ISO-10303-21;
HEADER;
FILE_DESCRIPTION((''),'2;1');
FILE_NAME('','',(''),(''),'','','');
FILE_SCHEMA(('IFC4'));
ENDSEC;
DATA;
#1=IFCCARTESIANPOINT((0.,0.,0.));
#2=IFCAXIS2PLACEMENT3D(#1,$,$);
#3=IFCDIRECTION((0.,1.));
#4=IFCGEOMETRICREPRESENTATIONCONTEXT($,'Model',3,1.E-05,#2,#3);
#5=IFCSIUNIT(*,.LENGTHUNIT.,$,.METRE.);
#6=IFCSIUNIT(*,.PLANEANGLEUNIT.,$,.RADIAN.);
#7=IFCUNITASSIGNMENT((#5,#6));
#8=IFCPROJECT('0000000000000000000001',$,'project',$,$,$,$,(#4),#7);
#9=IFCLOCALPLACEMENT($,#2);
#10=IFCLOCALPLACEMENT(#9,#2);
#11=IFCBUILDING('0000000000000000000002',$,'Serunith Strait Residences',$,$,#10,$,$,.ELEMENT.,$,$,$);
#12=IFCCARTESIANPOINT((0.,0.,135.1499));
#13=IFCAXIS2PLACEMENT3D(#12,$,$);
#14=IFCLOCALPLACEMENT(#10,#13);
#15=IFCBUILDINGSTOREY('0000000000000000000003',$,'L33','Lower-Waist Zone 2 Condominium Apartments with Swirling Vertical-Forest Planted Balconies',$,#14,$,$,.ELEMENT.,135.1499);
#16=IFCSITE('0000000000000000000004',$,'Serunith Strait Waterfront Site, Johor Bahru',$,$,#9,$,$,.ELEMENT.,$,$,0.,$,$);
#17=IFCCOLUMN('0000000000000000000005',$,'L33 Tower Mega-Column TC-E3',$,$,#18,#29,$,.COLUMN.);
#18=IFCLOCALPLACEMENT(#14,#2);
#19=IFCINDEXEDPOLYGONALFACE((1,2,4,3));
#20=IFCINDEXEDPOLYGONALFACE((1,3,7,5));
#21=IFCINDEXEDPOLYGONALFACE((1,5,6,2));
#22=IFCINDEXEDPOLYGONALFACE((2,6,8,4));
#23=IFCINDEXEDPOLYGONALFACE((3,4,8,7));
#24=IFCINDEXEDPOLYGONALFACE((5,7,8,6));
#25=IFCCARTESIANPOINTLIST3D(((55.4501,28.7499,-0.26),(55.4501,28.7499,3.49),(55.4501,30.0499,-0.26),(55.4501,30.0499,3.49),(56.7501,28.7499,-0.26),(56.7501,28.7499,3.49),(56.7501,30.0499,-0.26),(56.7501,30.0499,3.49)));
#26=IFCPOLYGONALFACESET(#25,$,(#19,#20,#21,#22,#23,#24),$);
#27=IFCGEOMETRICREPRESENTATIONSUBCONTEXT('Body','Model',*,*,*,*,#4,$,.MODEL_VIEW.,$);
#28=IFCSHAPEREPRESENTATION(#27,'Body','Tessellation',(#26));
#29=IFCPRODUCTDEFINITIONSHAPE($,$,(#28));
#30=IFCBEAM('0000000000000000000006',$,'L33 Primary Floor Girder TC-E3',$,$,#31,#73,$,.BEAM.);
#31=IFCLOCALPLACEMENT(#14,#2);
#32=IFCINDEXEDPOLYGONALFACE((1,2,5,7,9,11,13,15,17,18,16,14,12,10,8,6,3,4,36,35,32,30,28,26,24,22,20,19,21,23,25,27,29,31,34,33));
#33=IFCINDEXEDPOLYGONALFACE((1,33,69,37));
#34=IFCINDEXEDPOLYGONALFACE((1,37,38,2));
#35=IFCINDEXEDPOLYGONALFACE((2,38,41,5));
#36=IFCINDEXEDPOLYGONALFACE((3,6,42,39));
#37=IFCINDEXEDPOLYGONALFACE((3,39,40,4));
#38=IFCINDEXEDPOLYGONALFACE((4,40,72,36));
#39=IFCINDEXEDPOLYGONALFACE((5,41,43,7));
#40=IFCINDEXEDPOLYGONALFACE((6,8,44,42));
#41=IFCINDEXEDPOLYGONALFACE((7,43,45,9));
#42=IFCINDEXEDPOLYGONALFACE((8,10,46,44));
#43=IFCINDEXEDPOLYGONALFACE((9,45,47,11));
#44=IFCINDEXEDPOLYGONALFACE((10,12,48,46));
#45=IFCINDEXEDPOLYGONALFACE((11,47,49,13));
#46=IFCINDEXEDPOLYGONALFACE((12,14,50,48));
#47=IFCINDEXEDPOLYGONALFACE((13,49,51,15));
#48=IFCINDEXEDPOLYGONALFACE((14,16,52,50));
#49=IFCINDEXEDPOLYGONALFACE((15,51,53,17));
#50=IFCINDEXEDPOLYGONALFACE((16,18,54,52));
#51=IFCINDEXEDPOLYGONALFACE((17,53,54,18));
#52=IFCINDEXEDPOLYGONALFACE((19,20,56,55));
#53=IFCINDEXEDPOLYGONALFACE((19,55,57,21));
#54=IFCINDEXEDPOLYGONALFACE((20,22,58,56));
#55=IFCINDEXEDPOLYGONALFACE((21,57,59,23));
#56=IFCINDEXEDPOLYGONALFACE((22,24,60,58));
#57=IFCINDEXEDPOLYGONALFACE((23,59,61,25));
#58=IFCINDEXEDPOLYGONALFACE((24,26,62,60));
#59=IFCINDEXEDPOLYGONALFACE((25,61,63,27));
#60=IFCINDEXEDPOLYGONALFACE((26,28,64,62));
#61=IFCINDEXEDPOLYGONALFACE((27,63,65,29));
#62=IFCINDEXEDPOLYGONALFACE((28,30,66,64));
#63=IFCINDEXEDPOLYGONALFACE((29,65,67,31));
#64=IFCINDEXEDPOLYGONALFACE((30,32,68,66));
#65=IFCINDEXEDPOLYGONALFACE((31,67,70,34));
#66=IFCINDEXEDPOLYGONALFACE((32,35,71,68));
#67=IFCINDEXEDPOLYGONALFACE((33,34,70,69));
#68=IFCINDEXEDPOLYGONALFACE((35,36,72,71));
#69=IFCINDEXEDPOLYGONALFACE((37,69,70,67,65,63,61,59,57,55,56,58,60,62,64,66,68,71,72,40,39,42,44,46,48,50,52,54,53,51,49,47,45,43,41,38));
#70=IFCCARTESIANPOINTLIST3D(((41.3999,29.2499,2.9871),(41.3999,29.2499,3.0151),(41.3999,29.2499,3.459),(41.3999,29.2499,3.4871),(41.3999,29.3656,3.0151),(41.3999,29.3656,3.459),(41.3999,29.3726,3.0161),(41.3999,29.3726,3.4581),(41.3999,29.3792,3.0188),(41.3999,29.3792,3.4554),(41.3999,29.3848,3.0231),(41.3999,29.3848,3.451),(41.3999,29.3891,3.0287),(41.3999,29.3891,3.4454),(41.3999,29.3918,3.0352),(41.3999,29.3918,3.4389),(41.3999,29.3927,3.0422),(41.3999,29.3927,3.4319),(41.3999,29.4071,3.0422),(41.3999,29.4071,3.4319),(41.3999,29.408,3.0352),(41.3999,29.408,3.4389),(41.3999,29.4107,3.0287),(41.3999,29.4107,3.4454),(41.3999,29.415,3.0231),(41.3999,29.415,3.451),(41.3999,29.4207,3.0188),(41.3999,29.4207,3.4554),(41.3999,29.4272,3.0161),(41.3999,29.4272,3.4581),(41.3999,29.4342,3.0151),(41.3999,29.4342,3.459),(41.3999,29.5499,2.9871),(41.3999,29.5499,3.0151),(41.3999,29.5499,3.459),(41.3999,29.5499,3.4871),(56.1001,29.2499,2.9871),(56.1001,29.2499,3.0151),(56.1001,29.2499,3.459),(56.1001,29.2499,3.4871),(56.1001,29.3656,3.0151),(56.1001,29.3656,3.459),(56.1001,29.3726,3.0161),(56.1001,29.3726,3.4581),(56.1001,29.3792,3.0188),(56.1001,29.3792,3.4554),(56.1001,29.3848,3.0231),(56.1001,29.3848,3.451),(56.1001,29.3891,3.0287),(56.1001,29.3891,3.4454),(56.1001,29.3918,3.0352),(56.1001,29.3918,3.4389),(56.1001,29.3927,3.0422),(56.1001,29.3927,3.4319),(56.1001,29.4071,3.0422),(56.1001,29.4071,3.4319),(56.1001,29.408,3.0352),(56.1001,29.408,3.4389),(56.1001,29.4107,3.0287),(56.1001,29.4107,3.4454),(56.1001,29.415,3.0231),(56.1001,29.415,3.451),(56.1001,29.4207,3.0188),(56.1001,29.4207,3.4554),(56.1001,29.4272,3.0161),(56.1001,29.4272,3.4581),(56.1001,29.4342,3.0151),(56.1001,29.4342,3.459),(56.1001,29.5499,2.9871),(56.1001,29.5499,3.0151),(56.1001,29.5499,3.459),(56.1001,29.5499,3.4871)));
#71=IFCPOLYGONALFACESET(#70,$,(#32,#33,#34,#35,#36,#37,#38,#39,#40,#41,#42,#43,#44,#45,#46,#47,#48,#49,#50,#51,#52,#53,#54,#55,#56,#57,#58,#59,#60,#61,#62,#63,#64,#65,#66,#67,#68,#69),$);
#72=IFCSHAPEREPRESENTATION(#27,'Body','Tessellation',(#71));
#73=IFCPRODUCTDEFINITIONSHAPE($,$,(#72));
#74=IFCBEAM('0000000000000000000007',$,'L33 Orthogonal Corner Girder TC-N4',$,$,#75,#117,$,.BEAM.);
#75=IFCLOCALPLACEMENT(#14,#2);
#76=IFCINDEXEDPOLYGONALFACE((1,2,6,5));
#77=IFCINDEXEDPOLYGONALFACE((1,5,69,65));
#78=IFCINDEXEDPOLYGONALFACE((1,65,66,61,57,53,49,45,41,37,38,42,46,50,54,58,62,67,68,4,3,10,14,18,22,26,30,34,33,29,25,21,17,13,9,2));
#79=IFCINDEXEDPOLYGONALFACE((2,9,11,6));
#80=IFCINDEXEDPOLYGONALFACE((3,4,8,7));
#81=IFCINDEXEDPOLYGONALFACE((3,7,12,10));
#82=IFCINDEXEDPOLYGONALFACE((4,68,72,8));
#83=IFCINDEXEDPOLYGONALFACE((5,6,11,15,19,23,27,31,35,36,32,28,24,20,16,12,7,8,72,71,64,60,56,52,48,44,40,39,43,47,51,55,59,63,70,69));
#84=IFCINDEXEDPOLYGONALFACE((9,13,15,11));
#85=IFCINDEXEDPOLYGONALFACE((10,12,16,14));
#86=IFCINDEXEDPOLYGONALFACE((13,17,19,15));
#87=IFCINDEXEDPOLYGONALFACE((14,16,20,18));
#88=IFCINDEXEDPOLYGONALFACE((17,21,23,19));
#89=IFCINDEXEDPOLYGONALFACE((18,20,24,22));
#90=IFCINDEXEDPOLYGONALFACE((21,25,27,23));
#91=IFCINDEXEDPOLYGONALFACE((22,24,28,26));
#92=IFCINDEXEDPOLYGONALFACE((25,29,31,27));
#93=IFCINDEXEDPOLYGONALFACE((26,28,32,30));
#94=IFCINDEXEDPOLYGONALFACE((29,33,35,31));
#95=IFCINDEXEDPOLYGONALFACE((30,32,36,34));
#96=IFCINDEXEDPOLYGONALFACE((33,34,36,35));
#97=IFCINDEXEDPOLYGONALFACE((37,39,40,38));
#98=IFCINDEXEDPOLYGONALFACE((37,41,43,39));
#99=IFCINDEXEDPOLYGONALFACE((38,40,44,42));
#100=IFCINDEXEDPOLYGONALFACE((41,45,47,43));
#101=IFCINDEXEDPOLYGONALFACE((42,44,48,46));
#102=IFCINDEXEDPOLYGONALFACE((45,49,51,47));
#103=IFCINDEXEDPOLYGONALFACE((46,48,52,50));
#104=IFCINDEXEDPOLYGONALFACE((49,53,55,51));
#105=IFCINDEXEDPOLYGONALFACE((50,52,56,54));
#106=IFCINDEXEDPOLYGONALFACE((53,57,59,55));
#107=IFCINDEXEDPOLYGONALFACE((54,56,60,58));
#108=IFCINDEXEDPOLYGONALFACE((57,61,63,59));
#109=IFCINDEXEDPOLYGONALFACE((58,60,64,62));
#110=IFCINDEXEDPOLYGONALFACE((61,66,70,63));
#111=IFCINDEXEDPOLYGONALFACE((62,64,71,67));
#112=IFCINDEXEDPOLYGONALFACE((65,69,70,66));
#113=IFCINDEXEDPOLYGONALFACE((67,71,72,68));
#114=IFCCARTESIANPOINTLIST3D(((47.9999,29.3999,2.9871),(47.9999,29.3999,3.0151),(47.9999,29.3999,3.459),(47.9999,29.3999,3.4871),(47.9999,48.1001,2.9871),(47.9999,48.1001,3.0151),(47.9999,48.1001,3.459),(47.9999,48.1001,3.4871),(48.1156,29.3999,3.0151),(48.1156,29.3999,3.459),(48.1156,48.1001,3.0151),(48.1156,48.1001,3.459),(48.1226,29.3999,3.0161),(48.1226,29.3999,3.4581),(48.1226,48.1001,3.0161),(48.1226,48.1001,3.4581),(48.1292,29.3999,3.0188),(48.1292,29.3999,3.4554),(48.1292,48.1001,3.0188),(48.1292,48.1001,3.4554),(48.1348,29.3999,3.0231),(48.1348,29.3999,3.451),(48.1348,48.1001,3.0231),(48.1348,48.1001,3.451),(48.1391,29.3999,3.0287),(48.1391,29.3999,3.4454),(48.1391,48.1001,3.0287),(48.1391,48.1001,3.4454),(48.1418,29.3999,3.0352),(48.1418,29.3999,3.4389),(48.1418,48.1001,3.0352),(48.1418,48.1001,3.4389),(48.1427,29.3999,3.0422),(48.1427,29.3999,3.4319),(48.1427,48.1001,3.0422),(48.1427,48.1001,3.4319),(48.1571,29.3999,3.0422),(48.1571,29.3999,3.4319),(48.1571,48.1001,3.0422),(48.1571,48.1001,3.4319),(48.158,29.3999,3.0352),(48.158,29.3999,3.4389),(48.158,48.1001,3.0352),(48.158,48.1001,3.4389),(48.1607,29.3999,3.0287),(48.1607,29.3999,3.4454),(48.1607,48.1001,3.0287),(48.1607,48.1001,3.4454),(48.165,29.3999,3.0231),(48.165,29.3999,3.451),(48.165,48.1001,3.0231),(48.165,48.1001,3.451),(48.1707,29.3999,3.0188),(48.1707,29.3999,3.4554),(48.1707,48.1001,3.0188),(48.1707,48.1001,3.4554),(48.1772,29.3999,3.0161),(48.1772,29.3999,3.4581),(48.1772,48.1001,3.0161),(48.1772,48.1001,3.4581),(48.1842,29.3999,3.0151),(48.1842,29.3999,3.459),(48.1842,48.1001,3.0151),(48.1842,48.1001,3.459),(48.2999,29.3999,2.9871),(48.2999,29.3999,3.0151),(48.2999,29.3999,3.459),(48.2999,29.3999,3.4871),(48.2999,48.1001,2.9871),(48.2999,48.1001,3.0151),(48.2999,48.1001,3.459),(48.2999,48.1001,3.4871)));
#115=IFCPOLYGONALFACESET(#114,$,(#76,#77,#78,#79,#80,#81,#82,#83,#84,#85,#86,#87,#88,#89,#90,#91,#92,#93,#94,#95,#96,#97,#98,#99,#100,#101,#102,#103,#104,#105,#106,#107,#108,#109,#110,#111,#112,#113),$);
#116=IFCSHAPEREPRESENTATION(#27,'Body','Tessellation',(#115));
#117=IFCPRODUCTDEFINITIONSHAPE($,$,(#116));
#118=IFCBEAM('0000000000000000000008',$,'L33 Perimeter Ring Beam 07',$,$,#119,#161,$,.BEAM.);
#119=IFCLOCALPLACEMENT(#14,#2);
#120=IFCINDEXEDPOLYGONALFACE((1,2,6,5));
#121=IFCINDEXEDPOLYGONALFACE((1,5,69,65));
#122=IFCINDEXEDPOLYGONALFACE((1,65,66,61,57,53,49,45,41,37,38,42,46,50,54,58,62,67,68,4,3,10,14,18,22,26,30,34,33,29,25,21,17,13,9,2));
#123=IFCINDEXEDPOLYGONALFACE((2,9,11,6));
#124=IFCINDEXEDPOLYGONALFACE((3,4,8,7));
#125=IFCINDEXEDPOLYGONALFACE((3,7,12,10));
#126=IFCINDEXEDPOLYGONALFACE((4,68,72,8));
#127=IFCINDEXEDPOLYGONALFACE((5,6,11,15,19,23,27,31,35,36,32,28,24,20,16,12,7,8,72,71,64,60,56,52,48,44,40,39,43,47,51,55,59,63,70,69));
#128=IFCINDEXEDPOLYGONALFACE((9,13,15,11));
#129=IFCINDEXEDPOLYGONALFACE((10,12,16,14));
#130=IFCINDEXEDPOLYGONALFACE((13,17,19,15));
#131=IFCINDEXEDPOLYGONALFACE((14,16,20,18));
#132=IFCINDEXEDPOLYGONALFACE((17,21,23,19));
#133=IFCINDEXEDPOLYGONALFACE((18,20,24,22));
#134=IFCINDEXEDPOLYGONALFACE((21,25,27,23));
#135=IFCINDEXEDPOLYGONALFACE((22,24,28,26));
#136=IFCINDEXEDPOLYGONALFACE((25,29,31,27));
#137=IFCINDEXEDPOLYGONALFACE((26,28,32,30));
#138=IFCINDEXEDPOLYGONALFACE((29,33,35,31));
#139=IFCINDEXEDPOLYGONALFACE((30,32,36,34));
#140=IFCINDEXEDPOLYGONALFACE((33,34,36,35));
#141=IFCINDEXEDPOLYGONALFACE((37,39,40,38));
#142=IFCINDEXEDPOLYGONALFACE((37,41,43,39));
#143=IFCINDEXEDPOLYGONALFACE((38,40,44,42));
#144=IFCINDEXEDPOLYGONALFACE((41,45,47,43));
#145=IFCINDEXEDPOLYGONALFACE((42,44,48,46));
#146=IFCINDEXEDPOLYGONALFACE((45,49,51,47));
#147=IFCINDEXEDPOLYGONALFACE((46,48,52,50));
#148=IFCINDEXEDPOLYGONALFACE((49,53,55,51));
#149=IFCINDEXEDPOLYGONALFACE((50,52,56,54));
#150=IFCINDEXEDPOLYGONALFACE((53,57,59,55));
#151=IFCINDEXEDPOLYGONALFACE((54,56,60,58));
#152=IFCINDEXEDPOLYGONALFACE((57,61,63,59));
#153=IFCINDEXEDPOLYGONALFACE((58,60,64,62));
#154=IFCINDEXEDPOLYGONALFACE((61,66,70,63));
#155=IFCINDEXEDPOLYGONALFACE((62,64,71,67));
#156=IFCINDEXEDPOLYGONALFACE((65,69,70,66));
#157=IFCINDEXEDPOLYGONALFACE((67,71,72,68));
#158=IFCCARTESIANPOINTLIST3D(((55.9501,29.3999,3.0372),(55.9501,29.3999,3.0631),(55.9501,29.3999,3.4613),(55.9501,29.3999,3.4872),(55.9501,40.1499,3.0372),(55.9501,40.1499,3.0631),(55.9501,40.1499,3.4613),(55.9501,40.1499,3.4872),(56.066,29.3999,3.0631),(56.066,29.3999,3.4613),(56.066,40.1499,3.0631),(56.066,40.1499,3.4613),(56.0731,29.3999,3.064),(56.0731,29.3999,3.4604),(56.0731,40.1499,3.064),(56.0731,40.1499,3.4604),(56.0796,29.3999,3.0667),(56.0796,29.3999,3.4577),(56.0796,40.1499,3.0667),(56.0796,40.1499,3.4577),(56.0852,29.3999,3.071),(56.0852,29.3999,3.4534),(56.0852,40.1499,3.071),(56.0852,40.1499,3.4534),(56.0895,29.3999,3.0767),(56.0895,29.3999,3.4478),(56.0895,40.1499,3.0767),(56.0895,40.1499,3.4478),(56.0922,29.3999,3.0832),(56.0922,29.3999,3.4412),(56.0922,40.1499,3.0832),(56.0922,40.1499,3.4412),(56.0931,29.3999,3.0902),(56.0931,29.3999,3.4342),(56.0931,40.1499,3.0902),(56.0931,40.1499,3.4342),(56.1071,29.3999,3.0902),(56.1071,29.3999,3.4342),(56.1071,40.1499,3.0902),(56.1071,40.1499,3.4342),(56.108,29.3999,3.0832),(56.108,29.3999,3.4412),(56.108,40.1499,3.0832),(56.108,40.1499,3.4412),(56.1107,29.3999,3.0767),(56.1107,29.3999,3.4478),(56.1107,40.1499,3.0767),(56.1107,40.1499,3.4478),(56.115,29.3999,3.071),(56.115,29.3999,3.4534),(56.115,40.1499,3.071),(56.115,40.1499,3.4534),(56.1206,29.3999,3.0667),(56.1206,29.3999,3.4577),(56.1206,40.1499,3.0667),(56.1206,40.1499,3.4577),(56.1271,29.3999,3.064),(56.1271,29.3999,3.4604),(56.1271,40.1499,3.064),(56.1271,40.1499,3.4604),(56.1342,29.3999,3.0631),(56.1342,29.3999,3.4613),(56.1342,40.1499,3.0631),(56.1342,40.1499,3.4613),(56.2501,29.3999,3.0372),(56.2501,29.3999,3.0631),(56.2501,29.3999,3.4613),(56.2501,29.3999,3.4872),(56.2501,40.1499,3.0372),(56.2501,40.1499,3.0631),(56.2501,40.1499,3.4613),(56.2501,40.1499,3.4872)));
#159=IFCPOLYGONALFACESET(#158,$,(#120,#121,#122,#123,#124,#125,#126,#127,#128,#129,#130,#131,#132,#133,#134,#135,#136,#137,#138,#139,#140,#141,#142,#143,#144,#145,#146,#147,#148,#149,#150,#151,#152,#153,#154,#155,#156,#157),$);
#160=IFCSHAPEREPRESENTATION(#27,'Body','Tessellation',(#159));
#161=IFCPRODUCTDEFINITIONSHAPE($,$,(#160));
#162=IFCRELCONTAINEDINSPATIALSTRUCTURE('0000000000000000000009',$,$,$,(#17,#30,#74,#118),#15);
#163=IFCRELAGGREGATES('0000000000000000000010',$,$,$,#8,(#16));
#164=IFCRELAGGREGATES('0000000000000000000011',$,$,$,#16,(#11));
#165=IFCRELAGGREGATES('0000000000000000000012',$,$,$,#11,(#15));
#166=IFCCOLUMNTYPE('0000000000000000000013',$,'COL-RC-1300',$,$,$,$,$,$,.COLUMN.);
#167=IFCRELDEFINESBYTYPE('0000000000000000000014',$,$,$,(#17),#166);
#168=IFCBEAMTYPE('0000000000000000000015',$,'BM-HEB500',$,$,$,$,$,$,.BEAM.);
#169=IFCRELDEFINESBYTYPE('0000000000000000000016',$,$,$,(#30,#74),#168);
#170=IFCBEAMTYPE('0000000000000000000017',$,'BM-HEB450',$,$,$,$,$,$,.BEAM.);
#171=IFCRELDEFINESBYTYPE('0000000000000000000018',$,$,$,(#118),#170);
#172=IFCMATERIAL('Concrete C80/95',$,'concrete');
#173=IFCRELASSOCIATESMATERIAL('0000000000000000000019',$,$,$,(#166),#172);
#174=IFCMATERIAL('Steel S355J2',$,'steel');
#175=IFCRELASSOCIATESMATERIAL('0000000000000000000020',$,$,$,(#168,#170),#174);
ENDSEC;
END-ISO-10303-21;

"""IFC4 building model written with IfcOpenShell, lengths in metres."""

from ifc_helpers import new_model, si_unit, direction, frame, origin, origin_2d, place, context, subcontext, project, spatial, rectangle, i_section, extrude, source, transform, mapped, material, material_profile, profile_set, type_object, element, save


model = new_model("IFC4")

# Units and contexts
model_context = context("Model", 3, precision=1e-05, world=origin(), true_north=direction((0.0, 1.0)))
body_context = subcontext(model_context, "Body", "Model", "MODEL_VIEW")
ifc_project = project(units=[si_unit("LENGTHUNIT", "METRE"), si_unit("PLANEANGLEUNIT", "RADIAN")], contexts=[model_context])

# Site, building, storey
site_placement = place(None, origin())
site = spatial("IfcSite", under=ifc_project, at=site_placement, Name="Serunith Strait Waterfront Site, Johor Bahru", CompositionType="ELEMENT", RefElevation=0.0)
building_placement = place(site_placement, origin())
building = spatial("IfcBuilding", under=site, at=building_placement, Name="Serunith Strait Residences", CompositionType="ELEMENT")
storey_placement = place(building_placement, frame((0.0, 0.0, 135.1499)))
storey = spatial("IfcBuildingStorey", under=building, at=storey_placement, Name="L33", Description="Lower-Waist Zone 2 Condominium Apartments with Swirling Vertical-Forest Planted Balconies", CompositionType="ELEMENT", Elevation=135.1499)

# Column
ifc_material_1 = material(Name="Concrete C80/95", Category="concrete")
ifc_material_profile_1 = material_profile(ifc_material_1, rectangle(XDim=1.3, YDim=1.3, at=origin_2d()), Name="RC 1300x1300")
ifc_profile_set_1 = profile_set([ifc_material_profile_1], Name="Concrete C80/95")
column_type = type_object("IfcColumnType", Name="COL-RC-1300", PredefinedType="COLUMN", material=ifc_profile_set_1)
shared_shape_1 = source(origin(), body_context, "Body", "SweptSolid", [
    extrude(rectangle(XDim=1.3, YDim=1.3, at=origin_2d()), origin(), (0.0, 0.0, 1.0), 3.75),
])
column_placement = place(storey_placement, frame((56.1001, 29.3999, -0.26), z_axis=(0.0, 0.0, 1.0), x_axis=(1.0, 0.0, 0.0)))
element("IfcColumn", 1, at=column_placement, inside=storey, type_object=column_type, Name="L33 Tower Mega-Column TC-E3", PredefinedType="COLUMN", context=body_context, shape_type="MappedRepresentation", body=[
    mapped(shared_shape_1, transform((0.0, 0.0, 0.0), scale=1.0)),
])

# Beams
ifc_material_2 = material(Name="Steel S355J2", Category="steel")
ifc_material_profile_2 = material_profile(ifc_material_2, i_section(OverallWidth=0.3, OverallDepth=0.5, WebThickness=0.0144, FlangeThickness=0.0281, FilletRadius=0.0271, at=origin_2d()), Name="HEB 500")
ifc_profile_set_2 = profile_set([ifc_material_profile_2], Name="Steel S355J2")
beam_type_1 = type_object("IfcBeamType", Name="BM-HEB500", PredefinedType="BEAM", material=ifc_profile_set_2)
shared_shape_2 = source(origin(), body_context, "Body", "SweptSolid", [
    extrude(i_section(OverallWidth=0.3, OverallDepth=0.5, WebThickness=0.0144, FlangeThickness=0.0281, FilletRadius=0.0271, at=origin_2d()), origin(), (0.0, 0.0, 1.0), 14.7002),
])
beam_1_placement = place(storey_placement, frame((41.3999, 29.3999, 3.2371), z_axis=(1.0, 0.0, 0.0), x_axis=(0.0, 1.0, 0.0)))
element("IfcBeam", 2, at=beam_1_placement, inside=storey, type_object=beam_type_1, Name="L33 Primary Floor Girder TC-E3", PredefinedType="BEAM", context=body_context, shape_type="MappedRepresentation", body=[
    mapped(shared_shape_2, transform((0.0, 0.0, 0.0), scale=1.0)),
])
shared_shape_3 = source(origin(), body_context, "Body", "SweptSolid", [
    extrude(i_section(OverallWidth=0.3, OverallDepth=0.5, WebThickness=0.0144, FlangeThickness=0.0281, FilletRadius=0.0271, at=origin_2d()), origin(), (0.0, 0.0, 1.0), 18.7002),
])
beam_2_placement = place(storey_placement, frame((48.1499, 29.3999, 3.2371), z_axis=(0.0, 1.0, 0.0), x_axis=(-1.0, 0.0, 0.0)))
element("IfcBeam", 3, at=beam_2_placement, inside=storey, type_object=beam_type_1, Name="L33 Orthogonal Corner Girder TC-N4", PredefinedType="BEAM", context=body_context, shape_type="MappedRepresentation", body=[
    mapped(shared_shape_3, transform((0.0, 0.0, 0.0), scale=1.0)),
])
ifc_material_profile_3 = material_profile(ifc_material_2, i_section(OverallWidth=0.3, OverallDepth=0.45, WebThickness=0.0139, FlangeThickness=0.0259, FilletRadius=0.0271, at=origin_2d()), Name="HEB 450")
ifc_profile_set_3 = profile_set([ifc_material_profile_3], Name="Steel S355J2")
beam_type_2 = type_object("IfcBeamType", Name="BM-HEB450", PredefinedType="BEAM", material=ifc_profile_set_3)
shared_shape_4 = source(origin(), body_context, "Body", "SweptSolid", [
    extrude(i_section(OverallWidth=0.3, OverallDepth=0.45, WebThickness=0.0139, FlangeThickness=0.0259, FilletRadius=0.0271, at=origin_2d()), origin(), (0.0, 0.0, 1.0), 10.75),
])
beam_3_placement = place(storey_placement, frame((56.1001, 29.3999, 3.2622), z_axis=(0.0, 1.0, 0.0), x_axis=(-1.0, 0.0, 0.0)))
element("IfcBeam", 4, at=beam_3_placement, inside=storey, type_object=beam_type_2, Name="L33 Perimeter Ring Beam 07", PredefinedType="BEAM", context=body_context, shape_type="MappedRepresentation", body=[
    mapped(shared_shape_4, transform((0.0, 0.0, 0.0), scale=1.0)),
])

save(model, "model.ifc")
